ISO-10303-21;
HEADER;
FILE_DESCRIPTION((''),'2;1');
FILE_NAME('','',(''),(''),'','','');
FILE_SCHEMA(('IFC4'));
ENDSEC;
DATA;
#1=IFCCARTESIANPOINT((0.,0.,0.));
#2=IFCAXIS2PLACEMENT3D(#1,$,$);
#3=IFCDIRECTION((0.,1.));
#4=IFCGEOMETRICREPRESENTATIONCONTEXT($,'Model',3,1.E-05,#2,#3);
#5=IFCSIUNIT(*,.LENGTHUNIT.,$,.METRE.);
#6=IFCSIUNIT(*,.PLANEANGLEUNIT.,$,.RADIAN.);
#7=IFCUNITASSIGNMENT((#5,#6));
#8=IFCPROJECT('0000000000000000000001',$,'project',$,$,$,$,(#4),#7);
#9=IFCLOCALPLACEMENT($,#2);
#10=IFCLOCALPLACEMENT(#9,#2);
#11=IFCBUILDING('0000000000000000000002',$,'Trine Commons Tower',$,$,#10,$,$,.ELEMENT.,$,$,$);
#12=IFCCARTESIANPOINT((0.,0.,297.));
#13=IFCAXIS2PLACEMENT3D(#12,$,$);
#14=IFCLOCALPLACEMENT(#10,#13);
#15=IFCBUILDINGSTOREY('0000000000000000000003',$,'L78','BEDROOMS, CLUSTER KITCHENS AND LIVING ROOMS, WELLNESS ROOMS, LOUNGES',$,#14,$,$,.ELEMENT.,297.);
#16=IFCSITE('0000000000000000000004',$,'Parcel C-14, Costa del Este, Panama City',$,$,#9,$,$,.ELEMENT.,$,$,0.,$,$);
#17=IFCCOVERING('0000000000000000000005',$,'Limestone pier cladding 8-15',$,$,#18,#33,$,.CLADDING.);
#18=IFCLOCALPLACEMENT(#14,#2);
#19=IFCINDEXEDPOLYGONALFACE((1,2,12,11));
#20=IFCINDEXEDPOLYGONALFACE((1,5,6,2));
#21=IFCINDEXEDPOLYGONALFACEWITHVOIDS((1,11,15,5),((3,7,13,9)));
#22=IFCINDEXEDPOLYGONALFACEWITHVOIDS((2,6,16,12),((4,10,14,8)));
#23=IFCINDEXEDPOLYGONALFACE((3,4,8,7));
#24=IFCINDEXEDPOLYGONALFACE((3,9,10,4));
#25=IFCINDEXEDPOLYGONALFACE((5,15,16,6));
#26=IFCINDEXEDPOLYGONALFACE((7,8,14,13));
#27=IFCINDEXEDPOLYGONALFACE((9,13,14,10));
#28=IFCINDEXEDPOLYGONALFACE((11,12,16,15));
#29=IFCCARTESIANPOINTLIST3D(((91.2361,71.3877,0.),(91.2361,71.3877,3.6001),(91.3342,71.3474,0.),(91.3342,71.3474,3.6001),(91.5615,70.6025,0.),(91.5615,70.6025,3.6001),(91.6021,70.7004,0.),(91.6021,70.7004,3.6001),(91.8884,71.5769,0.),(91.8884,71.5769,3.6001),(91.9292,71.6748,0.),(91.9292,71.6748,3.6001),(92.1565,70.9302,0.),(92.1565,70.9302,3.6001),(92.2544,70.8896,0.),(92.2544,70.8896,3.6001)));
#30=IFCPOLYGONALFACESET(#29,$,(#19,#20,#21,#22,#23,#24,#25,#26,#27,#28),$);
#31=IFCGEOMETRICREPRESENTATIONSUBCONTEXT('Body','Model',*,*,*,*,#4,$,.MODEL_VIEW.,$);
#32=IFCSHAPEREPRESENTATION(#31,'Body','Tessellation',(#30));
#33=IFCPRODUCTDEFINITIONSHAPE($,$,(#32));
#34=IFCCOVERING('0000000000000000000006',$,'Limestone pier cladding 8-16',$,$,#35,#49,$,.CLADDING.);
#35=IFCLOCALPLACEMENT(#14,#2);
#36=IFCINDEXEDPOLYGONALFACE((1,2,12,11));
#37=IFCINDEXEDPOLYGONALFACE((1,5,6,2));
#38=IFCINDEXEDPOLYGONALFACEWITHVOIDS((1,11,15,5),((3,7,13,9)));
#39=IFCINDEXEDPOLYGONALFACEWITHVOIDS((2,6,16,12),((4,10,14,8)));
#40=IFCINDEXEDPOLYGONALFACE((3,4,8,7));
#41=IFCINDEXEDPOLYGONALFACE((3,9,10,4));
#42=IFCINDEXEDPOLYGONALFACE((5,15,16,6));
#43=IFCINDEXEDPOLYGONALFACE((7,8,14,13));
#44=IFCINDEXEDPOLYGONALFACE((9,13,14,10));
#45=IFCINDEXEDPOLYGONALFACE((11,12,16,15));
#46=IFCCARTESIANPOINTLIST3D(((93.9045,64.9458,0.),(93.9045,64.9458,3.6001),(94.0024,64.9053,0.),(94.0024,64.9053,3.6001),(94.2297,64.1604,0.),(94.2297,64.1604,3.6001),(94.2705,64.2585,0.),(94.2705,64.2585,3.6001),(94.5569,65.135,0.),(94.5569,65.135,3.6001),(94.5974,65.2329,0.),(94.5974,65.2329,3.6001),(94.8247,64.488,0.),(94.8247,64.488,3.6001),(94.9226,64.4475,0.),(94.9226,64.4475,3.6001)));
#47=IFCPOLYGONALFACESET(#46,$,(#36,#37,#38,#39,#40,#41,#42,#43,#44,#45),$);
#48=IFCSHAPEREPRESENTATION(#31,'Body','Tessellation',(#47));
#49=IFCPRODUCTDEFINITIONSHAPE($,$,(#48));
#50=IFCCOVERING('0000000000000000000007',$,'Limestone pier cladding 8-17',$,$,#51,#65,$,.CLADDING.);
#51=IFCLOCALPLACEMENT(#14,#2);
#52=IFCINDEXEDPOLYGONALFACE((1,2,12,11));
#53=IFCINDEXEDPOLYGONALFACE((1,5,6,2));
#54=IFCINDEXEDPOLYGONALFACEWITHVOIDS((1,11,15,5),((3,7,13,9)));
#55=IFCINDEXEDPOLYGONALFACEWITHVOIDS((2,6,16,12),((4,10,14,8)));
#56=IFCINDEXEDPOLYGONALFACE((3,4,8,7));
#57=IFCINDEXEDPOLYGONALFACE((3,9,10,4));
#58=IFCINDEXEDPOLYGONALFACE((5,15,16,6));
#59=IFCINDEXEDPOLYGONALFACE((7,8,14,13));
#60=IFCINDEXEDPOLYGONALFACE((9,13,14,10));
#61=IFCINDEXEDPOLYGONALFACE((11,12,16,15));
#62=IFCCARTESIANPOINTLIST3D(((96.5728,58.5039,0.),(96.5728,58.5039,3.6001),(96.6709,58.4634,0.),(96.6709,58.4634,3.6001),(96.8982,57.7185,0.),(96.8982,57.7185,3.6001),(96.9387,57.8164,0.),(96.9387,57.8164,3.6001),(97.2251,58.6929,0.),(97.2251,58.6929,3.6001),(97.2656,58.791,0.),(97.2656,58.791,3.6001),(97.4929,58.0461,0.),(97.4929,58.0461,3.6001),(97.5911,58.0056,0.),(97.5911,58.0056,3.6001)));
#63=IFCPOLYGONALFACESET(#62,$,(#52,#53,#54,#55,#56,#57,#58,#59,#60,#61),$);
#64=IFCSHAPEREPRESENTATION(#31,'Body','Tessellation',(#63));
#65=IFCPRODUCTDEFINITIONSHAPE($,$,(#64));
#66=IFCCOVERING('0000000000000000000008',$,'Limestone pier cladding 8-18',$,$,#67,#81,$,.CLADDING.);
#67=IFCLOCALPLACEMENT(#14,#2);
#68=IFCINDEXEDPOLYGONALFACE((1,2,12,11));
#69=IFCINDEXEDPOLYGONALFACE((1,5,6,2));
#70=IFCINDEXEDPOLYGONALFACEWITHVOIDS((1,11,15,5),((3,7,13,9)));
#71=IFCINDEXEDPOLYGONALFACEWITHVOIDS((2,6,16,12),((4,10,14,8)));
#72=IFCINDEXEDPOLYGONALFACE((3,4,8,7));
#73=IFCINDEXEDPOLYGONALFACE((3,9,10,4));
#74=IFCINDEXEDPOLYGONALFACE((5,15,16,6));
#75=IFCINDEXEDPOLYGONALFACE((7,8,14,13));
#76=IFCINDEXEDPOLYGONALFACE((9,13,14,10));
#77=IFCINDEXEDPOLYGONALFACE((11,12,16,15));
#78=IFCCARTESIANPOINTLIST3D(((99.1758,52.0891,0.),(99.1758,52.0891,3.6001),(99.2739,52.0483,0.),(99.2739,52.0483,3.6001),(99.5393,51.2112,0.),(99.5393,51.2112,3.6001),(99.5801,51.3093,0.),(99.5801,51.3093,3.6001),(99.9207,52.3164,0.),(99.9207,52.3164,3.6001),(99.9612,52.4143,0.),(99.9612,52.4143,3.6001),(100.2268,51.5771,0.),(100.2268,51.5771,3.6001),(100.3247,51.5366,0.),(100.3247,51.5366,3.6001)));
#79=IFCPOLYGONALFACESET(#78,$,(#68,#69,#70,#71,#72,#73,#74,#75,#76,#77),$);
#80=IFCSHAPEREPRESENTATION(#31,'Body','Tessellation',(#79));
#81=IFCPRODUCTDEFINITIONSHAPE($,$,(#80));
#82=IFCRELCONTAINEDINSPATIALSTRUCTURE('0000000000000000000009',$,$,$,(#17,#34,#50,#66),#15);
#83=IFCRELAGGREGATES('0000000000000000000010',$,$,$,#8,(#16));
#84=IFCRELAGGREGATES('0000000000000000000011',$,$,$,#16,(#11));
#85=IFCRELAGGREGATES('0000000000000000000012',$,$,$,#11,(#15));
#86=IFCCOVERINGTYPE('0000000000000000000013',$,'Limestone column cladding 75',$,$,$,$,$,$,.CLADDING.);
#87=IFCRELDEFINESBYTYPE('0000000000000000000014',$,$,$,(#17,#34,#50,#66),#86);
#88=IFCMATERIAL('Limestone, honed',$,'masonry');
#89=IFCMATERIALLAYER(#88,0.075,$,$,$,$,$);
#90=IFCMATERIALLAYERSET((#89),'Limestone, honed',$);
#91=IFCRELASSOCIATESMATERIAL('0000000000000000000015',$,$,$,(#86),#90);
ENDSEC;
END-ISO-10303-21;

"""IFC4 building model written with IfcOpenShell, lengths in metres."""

from ifc_helpers import new_model, si_unit, direction, frame, origin, place, context, subcontext, project, spatial, polyline, outline, extrude, material, layer, layer_set, type_object, element, save


model = new_model("IFC4")

# Units and contexts
model_context = context("Model", 3, precision=1e-05, world=origin(), true_north=direction((0.0, 1.0)))
body_context = subcontext(model_context, "Body", "Model", "MODEL_VIEW")
ifc_project = project(units=[si_unit("LENGTHUNIT", "METRE"), si_unit("PLANEANGLEUNIT", "RADIAN")], contexts=[model_context])

# Site, building, storey
site_placement = place(None, origin())
site = spatial("IfcSite", under=ifc_project, at=site_placement, Name="Parcel C-14, Costa del Este, Panama City", CompositionType="ELEMENT", RefElevation=0.0)
building_placement = place(site_placement, origin())
building = spatial("IfcBuilding", under=site, at=building_placement, Name="Trine Commons Tower", CompositionType="ELEMENT")
storey_placement = place(building_placement, frame((0.0, 0.0, 297.0)))
storey = spatial("IfcBuildingStorey", under=building, at=storey_placement, Name="L78", Description="BEDROOMS, CLUSTER KITCHENS AND LIVING ROOMS, WELLNESS ROOMS, LOUNGES", CompositionType="ELEMENT", Elevation=297.0)

# Coverings
ifc_material_1 = material(Name="Limestone, honed", Category="masonry")
ifc_layer_1 = layer(ifc_material_1, 0.075)
ifc_layer_set_1 = layer_set([ifc_layer_1], Name="Limestone, honed")
covering_type_1 = type_object("IfcCoveringType", Name="Limestone column cladding 75", PredefinedType="CLADDING", material=ifc_layer_set_1)
covering_1_placement = place(storey_placement, origin())
element("IfcCovering", 1, at=covering_1_placement, inside=storey, type_object=covering_type_1, Name="Limestone pier cladding 8-15", PredefinedType="CLADDING", context=body_context, shape_type="SweptSolid", body=[
    extrude(outline(polyline([(91.9292, 71.6748), (91.2361, 71.3877), (91.5615, 70.6025), (92.2544, 70.8896), (91.9292, 71.6748)]), holes=[polyline([(91.8884, 71.5769), (91.3342, 71.3474), (91.6021, 70.7004), (92.1565, 70.9302), (91.8884, 71.5769)])]), origin(), (0.0, 0.0, 1.0), 3.6001),
])
covering_2_placement = place(storey_placement, origin())
element("IfcCovering", 2, at=covering_2_placement, inside=storey, type_object=covering_type_1, Name="Limestone pier cladding 8-16", PredefinedType="CLADDING", context=body_context, shape_type="SweptSolid", body=[
    extrude(outline(polyline([(94.5974, 65.2329), (93.9045, 64.9458), (94.2297, 64.1604), (94.9226, 64.4475), (94.5974, 65.2329)]), holes=[polyline([(94.5569, 65.135), (94.0024, 64.9053), (94.2705, 64.2585), (94.8247, 64.488), (94.5569, 65.135)])]), origin(), (0.0, 0.0, 1.0), 3.6001),
])
covering_3_placement = place(storey_placement, origin())
element("IfcCovering", 3, at=covering_3_placement, inside=storey, type_object=covering_type_1, Name="Limestone pier cladding 8-17", PredefinedType="CLADDING", context=body_context, shape_type="SweptSolid", body=[
    extrude(outline(polyline([(97.2656, 58.791), (96.5728, 58.5039), (96.8982, 57.7185), (97.5911, 58.0056), (97.2656, 58.791)]), holes=[polyline([(97.2251, 58.6929), (96.6709, 58.4634), (96.9387, 57.8164), (97.4929, 58.0461), (97.2251, 58.6929)])]), origin(), (0.0, 0.0, 1.0), 3.6001),
])
covering_4_placement = place(storey_placement, origin())
element("IfcCovering", 4, at=covering_4_placement, inside=storey, type_object=covering_type_1, Name="Limestone pier cladding 8-18", PredefinedType="CLADDING", context=body_context, shape_type="SweptSolid", body=[
    extrude(outline(polyline([(99.9612, 52.4143), (99.1758, 52.0891), (99.5393, 51.2112), (100.3247, 51.5366), (99.9612, 52.4143)]), holes=[polyline([(99.9207, 52.3164), (99.2739, 52.0483), (99.5801, 51.3093), (100.2268, 51.5771), (99.9207, 52.3164)])]), origin(), (0.0, 0.0, 1.0), 3.6001),
])

save(model, "model.ifc")
